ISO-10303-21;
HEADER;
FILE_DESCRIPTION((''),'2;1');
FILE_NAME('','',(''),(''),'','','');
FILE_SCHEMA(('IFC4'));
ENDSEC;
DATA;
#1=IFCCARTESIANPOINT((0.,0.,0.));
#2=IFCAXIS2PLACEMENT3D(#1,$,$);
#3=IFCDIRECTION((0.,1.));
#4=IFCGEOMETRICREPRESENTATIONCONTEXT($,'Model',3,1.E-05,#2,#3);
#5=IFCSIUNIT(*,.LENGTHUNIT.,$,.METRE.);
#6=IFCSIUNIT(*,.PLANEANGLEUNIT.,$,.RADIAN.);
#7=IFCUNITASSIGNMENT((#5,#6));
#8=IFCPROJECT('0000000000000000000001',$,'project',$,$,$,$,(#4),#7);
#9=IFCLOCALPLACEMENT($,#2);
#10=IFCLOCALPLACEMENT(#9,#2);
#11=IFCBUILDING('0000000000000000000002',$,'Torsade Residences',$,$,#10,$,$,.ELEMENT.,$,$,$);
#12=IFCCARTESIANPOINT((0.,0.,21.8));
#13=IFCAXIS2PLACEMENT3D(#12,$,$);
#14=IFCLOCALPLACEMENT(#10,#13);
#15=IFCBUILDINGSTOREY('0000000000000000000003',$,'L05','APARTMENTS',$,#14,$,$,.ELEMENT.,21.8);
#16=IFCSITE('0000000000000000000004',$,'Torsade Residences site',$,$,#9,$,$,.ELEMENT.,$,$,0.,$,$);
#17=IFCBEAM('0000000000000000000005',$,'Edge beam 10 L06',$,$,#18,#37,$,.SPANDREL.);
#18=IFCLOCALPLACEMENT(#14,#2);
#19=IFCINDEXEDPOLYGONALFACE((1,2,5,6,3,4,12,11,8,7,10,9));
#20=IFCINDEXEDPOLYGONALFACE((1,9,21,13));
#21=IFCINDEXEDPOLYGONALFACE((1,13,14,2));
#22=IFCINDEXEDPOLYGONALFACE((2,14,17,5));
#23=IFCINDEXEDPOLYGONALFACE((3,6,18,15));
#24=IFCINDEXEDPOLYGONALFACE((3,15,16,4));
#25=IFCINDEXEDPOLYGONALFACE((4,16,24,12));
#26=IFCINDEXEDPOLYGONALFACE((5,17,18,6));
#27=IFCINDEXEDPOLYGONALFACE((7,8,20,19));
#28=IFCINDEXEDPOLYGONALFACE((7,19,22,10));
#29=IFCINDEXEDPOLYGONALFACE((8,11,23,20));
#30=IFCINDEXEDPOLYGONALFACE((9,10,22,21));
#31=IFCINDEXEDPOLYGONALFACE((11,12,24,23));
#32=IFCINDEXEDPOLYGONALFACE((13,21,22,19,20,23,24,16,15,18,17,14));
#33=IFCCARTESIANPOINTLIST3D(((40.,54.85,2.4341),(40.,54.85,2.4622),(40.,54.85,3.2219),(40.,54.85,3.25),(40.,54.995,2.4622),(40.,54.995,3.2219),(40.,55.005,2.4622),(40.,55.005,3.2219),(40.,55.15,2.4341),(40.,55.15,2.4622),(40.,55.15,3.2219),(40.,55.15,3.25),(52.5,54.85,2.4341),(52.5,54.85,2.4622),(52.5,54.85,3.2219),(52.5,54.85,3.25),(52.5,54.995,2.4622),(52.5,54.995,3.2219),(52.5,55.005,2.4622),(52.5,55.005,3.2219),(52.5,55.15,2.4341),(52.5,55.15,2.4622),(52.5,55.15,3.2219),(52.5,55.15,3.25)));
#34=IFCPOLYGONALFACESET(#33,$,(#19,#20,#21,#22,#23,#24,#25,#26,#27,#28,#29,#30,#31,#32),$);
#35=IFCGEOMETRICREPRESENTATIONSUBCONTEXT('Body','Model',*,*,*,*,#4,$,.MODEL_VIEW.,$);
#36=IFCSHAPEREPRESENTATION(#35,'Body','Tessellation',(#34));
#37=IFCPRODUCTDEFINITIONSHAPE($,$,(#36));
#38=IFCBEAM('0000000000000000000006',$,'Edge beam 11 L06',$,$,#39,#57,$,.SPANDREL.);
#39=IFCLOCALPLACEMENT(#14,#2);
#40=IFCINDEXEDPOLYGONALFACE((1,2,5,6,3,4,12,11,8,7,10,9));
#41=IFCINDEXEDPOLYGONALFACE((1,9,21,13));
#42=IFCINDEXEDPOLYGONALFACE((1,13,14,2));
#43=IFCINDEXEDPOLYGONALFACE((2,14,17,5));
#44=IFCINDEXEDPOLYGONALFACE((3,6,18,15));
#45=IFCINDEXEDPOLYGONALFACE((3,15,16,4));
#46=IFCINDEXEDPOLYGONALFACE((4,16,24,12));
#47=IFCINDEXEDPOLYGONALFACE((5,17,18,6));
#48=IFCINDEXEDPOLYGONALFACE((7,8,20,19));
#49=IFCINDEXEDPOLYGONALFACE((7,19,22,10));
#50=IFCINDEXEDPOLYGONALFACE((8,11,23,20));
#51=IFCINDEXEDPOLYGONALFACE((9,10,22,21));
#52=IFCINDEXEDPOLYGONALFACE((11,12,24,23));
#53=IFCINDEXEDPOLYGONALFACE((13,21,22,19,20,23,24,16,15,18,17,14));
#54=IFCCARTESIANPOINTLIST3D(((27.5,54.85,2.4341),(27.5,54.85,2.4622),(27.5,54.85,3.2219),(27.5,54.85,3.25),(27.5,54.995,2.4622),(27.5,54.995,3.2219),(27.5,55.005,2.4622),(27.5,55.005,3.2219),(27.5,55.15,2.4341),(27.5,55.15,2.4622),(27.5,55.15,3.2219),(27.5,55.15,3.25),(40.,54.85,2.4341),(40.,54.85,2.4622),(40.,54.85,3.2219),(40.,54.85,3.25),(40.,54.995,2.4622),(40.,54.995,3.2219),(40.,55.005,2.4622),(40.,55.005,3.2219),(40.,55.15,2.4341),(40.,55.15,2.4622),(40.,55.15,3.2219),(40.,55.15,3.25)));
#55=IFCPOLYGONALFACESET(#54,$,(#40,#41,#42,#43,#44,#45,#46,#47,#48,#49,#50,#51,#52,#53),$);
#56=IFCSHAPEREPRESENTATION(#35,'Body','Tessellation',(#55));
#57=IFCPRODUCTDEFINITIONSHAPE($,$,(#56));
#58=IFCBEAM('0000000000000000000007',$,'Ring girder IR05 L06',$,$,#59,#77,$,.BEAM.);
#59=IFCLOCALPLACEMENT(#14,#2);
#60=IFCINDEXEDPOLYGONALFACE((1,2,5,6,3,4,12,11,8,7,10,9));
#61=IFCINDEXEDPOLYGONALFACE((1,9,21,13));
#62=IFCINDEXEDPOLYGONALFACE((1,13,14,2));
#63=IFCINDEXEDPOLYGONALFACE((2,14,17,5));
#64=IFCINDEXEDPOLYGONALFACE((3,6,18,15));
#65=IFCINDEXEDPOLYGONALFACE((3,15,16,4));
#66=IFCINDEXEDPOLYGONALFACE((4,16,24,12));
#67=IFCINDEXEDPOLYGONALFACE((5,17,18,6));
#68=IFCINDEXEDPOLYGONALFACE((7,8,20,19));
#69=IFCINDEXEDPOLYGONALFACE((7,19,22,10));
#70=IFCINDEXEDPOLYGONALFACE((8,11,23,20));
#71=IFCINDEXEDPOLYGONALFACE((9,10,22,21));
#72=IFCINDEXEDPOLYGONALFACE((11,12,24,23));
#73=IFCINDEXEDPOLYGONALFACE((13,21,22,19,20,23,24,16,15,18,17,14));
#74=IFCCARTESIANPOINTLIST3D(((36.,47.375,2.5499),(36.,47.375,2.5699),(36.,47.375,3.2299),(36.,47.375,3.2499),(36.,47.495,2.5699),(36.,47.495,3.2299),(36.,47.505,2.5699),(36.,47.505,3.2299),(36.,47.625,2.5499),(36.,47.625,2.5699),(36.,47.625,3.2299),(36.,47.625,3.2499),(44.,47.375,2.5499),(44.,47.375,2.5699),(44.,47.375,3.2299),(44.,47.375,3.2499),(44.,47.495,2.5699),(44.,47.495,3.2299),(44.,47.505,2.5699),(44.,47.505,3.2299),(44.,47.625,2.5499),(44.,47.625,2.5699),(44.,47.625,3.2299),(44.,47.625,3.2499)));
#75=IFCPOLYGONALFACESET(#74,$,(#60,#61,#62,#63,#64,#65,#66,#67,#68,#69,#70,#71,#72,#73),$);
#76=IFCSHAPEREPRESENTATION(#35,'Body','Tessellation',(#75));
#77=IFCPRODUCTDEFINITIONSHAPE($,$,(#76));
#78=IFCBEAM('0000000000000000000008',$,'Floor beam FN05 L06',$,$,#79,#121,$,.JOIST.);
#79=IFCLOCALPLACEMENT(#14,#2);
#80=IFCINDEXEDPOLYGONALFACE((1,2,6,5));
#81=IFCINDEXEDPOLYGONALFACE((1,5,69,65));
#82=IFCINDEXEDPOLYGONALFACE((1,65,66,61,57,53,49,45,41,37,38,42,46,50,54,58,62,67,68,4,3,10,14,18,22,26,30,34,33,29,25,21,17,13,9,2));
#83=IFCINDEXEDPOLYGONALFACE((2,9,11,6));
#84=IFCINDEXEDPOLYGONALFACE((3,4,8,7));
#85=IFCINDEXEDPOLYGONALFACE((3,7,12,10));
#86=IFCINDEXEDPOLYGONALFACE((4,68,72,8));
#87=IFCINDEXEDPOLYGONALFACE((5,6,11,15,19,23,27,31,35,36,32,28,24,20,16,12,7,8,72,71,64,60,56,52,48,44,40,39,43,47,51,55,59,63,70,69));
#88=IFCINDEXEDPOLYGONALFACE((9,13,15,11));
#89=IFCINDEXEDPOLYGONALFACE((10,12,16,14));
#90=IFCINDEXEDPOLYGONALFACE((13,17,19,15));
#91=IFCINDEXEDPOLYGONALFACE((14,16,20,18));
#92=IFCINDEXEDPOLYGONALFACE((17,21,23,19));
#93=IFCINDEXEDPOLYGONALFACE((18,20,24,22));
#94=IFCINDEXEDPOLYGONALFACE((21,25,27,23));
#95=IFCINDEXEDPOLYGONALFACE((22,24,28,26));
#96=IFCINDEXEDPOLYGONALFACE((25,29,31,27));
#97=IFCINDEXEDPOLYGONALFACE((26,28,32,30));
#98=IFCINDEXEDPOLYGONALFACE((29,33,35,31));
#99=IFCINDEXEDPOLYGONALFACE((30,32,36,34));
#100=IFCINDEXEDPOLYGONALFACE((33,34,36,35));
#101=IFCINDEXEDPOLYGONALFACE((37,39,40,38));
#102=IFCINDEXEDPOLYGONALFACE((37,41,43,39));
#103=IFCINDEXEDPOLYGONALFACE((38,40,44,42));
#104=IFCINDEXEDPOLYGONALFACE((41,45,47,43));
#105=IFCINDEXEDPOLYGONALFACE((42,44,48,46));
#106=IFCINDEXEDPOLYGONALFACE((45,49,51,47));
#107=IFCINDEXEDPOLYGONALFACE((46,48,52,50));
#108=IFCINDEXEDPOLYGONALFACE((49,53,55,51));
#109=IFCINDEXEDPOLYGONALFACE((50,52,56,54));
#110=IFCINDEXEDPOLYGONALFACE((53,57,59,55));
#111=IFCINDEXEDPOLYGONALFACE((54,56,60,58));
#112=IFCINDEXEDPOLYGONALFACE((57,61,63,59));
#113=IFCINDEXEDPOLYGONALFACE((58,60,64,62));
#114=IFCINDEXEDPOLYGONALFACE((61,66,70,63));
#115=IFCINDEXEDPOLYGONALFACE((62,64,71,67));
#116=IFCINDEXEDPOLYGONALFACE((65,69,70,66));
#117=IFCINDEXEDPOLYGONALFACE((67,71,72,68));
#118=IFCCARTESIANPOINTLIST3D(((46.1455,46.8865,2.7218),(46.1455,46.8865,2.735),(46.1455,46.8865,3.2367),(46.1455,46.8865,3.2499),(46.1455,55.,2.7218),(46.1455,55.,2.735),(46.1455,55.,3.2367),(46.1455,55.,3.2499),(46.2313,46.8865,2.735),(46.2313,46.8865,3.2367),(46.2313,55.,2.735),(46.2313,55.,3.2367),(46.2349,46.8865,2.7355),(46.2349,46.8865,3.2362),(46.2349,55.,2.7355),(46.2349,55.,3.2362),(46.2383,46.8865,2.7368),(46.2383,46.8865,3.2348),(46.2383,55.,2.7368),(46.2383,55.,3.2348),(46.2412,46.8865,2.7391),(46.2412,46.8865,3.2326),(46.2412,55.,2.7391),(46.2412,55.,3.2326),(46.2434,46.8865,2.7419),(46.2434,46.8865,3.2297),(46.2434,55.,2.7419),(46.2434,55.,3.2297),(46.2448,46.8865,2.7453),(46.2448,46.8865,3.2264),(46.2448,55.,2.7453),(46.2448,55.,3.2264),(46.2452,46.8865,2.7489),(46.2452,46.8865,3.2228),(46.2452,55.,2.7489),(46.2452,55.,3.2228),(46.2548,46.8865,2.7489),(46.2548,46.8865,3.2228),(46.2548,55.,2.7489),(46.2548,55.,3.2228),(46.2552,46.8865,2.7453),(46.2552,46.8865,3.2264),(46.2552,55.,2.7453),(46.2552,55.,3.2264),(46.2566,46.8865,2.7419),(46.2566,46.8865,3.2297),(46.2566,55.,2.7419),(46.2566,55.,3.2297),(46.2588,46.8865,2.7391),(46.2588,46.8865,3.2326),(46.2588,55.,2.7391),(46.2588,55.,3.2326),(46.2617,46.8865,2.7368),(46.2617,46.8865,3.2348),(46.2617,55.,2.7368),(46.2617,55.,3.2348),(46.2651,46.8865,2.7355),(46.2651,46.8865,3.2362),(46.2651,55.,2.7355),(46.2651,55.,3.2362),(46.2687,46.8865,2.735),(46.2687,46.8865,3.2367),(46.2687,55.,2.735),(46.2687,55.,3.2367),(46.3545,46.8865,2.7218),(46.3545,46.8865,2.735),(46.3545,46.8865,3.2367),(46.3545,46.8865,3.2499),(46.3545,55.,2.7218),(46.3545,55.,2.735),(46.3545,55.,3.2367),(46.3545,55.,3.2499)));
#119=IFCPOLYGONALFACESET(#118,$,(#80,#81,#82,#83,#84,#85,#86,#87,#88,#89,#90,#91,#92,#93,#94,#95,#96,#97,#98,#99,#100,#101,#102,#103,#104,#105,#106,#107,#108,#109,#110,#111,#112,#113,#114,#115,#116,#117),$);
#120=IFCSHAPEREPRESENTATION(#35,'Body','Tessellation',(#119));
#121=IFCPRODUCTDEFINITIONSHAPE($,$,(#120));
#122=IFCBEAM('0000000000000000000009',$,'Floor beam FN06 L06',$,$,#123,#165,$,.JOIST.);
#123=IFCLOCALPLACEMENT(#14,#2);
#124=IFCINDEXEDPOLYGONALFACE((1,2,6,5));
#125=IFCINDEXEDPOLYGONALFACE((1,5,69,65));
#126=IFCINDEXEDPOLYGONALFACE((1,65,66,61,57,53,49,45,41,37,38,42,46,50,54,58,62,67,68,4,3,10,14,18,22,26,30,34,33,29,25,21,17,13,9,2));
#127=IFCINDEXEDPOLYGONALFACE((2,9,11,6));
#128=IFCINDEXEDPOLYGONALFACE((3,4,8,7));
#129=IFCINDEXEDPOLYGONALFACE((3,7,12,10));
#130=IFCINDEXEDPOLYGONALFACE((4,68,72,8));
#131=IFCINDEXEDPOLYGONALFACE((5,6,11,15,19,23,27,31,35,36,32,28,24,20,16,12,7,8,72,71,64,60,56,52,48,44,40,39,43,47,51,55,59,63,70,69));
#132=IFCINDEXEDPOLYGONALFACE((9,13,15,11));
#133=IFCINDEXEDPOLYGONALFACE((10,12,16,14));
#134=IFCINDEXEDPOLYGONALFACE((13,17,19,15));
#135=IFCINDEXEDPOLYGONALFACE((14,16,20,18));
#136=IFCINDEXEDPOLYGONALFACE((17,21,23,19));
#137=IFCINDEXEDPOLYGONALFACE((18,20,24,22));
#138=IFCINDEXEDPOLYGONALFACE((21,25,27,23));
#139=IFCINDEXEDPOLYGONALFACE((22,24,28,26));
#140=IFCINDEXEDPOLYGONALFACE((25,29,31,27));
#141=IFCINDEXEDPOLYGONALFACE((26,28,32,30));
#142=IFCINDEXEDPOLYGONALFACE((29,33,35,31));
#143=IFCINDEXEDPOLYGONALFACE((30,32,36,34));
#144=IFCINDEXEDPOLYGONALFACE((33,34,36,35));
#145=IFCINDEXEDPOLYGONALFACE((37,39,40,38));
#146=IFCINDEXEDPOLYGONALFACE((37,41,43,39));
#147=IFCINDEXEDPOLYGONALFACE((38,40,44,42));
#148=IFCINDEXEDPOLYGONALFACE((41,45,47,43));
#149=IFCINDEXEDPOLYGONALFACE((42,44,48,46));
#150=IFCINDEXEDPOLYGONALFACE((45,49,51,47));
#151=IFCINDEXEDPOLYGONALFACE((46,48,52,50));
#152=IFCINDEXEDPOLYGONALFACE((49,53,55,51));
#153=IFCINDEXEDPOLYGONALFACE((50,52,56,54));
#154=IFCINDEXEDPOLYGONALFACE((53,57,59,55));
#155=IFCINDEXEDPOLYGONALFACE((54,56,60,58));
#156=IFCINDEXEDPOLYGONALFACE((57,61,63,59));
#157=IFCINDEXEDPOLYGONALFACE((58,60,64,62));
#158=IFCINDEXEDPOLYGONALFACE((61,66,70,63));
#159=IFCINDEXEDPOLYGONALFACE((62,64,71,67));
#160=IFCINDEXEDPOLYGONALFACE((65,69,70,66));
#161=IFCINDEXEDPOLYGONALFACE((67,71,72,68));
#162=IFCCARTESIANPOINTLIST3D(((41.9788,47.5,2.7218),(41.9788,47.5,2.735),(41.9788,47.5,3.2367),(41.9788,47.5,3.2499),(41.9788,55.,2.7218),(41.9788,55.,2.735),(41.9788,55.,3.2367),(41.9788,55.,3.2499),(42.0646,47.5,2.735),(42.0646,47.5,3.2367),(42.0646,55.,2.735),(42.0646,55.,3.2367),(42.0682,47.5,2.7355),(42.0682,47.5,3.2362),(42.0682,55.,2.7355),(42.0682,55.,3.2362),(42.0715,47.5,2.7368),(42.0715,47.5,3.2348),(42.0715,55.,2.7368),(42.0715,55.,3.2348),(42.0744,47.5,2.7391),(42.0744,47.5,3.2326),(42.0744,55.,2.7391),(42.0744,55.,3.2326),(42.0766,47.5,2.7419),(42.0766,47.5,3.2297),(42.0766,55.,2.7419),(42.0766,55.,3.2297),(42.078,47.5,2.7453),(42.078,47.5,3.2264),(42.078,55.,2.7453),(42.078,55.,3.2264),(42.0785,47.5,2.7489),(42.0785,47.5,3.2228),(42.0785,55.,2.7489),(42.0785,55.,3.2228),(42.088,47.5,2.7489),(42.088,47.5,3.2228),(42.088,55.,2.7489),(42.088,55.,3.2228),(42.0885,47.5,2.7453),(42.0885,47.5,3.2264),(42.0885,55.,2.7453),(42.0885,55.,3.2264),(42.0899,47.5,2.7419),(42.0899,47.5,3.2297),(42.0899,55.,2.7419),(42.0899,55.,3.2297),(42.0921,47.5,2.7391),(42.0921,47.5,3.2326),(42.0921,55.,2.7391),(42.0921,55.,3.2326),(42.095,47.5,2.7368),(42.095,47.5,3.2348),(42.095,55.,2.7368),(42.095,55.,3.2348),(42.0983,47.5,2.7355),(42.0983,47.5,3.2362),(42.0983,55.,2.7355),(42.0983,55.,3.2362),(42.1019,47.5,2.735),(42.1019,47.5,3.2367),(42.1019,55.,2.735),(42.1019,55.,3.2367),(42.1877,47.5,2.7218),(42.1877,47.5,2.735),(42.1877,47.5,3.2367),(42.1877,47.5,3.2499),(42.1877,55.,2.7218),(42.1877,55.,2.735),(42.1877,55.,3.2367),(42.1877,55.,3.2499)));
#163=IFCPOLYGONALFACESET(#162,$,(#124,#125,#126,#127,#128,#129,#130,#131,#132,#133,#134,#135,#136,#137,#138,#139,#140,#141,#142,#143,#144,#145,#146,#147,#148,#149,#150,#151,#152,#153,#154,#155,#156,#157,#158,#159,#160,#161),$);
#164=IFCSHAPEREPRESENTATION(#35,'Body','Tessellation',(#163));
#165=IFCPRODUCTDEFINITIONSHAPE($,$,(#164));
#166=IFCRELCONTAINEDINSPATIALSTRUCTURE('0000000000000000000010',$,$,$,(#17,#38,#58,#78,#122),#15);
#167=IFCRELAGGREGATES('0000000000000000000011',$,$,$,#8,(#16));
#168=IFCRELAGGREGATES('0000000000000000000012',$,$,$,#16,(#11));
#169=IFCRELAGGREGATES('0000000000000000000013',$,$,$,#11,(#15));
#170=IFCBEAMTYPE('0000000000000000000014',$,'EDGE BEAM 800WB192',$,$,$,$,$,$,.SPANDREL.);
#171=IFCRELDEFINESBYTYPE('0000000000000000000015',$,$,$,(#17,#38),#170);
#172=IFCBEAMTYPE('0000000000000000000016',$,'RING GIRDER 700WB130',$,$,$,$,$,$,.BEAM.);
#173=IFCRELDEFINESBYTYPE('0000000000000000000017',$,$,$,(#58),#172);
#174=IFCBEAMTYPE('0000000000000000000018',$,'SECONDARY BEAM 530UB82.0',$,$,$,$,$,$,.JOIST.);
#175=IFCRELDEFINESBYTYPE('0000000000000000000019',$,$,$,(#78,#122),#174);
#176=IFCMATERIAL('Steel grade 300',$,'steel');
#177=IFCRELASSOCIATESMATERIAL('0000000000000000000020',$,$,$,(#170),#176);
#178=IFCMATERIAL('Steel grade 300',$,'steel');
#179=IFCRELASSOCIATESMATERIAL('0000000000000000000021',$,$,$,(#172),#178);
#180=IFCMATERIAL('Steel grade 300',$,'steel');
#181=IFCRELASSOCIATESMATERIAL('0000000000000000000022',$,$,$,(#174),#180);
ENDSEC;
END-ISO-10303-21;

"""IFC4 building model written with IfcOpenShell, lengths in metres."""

from ifc_helpers import new_model, si_unit, direction, frame, origin, origin_2d, place, context, subcontext, project, spatial, i_section, extrude, material, material_profile, profile_set, type_object, element, save


model = new_model("IFC4")

# Units and contexts
model_context = context("Model", 3, precision=1e-05, world=origin(), true_north=direction((0.0, 1.0)))
body_context = subcontext(model_context, "Body", "Model", "MODEL_VIEW")
ifc_project = project(units=[si_unit("LENGTHUNIT", "METRE"), si_unit("PLANEANGLEUNIT", "RADIAN")], contexts=[model_context])

# Site, building, storey
site_placement = place(None, origin())
site = spatial("IfcSite", under=ifc_project, at=site_placement, Name="Torsade Residences site", CompositionType="ELEMENT", RefElevation=0.0)
building_placement = place(site_placement, origin())
building = spatial("IfcBuilding", under=site, at=building_placement, Name="Torsade Residences", CompositionType="ELEMENT")
storey_placement = place(building_placement, frame((0.0, 0.0, 21.8)))
storey = spatial("IfcBuildingStorey", under=building, at=storey_placement, Name="L05", Description="APARTMENTS", CompositionType="ELEMENT", Elevation=21.8)

# Beams
ifc_material_1 = material(Name="Steel grade 300", Category="steel")
ifc_material_profile_1 = material_profile(ifc_material_1, i_section(OverallWidth=0.3, OverallDepth=0.8159, WebThickness=0.01, FlangeThickness=0.0281, at=origin_2d()), Name="800WB192")
ifc_profile_set_1 = profile_set([ifc_material_profile_1], Name="Steel grade 300")
beam_type_1 = type_object("IfcBeamType", Name="EDGE BEAM 800WB192", PredefinedType="SPANDREL", material=ifc_profile_set_1)
for number, where, z_axis, x_axis, name in (
    (1, (52.5, 55.0, 2.842), (-1.0, 0.0, 0.0), (0.0, -1.0, 0.0), "Edge beam 10 L06"),
    (2, (40.0, 55.0, 2.842), (-1.0, 0.0, 0.0), (0.0, -1.0, 0.0), "Edge beam 11 L06"),
):
    element("IfcBeam", number, at=place(storey_placement, frame(where, z_axis=z_axis, x_axis=x_axis)), inside=storey, type_object=beam_type_1, Name=name, PredefinedType="SPANDREL", context=body_context, shape_type="SweptSolid", body=[
        extrude(i_section(OverallWidth=0.3, OverallDepth=0.8159, WebThickness=0.01, FlangeThickness=0.0281, at=origin_2d()), origin(), (0.0, 0.0, 1.0), 12.5),
    ])
ifc_material_2 = material(Name="Steel grade 300", Category="steel")
ifc_material_profile_2 = material_profile(ifc_material_2, i_section(OverallWidth=0.25, OverallDepth=0.7, WebThickness=0.01, FlangeThickness=0.02, at=origin_2d()), Name="700WB130")
ifc_profile_set_2 = profile_set([ifc_material_profile_2], Name="Steel grade 300")
beam_type_2 = type_object("IfcBeamType", Name="RING GIRDER 700WB130", PredefinedType="BEAM", material=ifc_profile_set_2)
beam_1_placement = place(storey_placement, frame((44.0, 47.5, 2.8999), z_axis=(-1.0, 0.0, 0.0), x_axis=(0.0, -1.0, 0.0)))
element("IfcBeam", 3, at=beam_1_placement, inside=storey, type_object=beam_type_2, Name="Ring girder IR05 L06", PredefinedType="BEAM", context=body_context, shape_type="SweptSolid", body=[
    extrude(i_section(OverallWidth=0.25, OverallDepth=0.7, WebThickness=0.01, FlangeThickness=0.02, at=origin_2d()), origin(), (0.0, 0.0, 1.0), 8.0),
])
ifc_material_3 = material(Name="Steel grade 300", Category="steel")
ifc_material_profile_3 = material_profile(ifc_material_3, i_section(OverallWidth=0.209, OverallDepth=0.5281, WebThickness=0.0095, FlangeThickness=0.0132, FilletRadius=0.0139, at=origin_2d()), Name="530UB82.0")
ifc_profile_set_3 = profile_set([ifc_material_profile_3], Name="Steel grade 300")
beam_type_3 = type_object("IfcBeamType", Name="SECONDARY BEAM 530UB82.0", PredefinedType="JOIST", material=ifc_profile_set_3)
beam_2_placement = place(storey_placement, frame((46.25, 55.0, 2.9858), z_axis=(0.0, -1.0, 0.0), x_axis=(1.0, 0.0, 0.0)))
element("IfcBeam", 4, at=beam_2_placement, inside=storey, type_object=beam_type_3, Name="Floor beam FN05 L06", PredefinedType="JOIST", context=body_context, shape_type="SweptSolid", body=[
    extrude(i_section(OverallWidth=0.209, OverallDepth=0.5281, WebThickness=0.0095, FlangeThickness=0.0132, FilletRadius=0.0139, at=origin_2d()), origin(), (0.0, 0.0, 1.0), 8.1135),
])
beam_3_placement = place(storey_placement, frame((42.0833, 55.0, 2.9858), z_axis=(0.0, -1.0, 0.0), x_axis=(1.0, 0.0, 0.0)))
element("IfcBeam", 5, at=beam_3_placement, inside=storey, type_object=beam_type_3, Name="Floor beam FN06 L06", PredefinedType="JOIST", context=body_context, shape_type="SweptSolid", body=[
    extrude(i_section(OverallWidth=0.209, OverallDepth=0.5281, WebThickness=0.0095, FlangeThickness=0.0132, FilletRadius=0.0139, at=origin_2d()), origin(), (0.0, 0.0, 1.0), 7.5),
])

save(model, "model.ifc")
